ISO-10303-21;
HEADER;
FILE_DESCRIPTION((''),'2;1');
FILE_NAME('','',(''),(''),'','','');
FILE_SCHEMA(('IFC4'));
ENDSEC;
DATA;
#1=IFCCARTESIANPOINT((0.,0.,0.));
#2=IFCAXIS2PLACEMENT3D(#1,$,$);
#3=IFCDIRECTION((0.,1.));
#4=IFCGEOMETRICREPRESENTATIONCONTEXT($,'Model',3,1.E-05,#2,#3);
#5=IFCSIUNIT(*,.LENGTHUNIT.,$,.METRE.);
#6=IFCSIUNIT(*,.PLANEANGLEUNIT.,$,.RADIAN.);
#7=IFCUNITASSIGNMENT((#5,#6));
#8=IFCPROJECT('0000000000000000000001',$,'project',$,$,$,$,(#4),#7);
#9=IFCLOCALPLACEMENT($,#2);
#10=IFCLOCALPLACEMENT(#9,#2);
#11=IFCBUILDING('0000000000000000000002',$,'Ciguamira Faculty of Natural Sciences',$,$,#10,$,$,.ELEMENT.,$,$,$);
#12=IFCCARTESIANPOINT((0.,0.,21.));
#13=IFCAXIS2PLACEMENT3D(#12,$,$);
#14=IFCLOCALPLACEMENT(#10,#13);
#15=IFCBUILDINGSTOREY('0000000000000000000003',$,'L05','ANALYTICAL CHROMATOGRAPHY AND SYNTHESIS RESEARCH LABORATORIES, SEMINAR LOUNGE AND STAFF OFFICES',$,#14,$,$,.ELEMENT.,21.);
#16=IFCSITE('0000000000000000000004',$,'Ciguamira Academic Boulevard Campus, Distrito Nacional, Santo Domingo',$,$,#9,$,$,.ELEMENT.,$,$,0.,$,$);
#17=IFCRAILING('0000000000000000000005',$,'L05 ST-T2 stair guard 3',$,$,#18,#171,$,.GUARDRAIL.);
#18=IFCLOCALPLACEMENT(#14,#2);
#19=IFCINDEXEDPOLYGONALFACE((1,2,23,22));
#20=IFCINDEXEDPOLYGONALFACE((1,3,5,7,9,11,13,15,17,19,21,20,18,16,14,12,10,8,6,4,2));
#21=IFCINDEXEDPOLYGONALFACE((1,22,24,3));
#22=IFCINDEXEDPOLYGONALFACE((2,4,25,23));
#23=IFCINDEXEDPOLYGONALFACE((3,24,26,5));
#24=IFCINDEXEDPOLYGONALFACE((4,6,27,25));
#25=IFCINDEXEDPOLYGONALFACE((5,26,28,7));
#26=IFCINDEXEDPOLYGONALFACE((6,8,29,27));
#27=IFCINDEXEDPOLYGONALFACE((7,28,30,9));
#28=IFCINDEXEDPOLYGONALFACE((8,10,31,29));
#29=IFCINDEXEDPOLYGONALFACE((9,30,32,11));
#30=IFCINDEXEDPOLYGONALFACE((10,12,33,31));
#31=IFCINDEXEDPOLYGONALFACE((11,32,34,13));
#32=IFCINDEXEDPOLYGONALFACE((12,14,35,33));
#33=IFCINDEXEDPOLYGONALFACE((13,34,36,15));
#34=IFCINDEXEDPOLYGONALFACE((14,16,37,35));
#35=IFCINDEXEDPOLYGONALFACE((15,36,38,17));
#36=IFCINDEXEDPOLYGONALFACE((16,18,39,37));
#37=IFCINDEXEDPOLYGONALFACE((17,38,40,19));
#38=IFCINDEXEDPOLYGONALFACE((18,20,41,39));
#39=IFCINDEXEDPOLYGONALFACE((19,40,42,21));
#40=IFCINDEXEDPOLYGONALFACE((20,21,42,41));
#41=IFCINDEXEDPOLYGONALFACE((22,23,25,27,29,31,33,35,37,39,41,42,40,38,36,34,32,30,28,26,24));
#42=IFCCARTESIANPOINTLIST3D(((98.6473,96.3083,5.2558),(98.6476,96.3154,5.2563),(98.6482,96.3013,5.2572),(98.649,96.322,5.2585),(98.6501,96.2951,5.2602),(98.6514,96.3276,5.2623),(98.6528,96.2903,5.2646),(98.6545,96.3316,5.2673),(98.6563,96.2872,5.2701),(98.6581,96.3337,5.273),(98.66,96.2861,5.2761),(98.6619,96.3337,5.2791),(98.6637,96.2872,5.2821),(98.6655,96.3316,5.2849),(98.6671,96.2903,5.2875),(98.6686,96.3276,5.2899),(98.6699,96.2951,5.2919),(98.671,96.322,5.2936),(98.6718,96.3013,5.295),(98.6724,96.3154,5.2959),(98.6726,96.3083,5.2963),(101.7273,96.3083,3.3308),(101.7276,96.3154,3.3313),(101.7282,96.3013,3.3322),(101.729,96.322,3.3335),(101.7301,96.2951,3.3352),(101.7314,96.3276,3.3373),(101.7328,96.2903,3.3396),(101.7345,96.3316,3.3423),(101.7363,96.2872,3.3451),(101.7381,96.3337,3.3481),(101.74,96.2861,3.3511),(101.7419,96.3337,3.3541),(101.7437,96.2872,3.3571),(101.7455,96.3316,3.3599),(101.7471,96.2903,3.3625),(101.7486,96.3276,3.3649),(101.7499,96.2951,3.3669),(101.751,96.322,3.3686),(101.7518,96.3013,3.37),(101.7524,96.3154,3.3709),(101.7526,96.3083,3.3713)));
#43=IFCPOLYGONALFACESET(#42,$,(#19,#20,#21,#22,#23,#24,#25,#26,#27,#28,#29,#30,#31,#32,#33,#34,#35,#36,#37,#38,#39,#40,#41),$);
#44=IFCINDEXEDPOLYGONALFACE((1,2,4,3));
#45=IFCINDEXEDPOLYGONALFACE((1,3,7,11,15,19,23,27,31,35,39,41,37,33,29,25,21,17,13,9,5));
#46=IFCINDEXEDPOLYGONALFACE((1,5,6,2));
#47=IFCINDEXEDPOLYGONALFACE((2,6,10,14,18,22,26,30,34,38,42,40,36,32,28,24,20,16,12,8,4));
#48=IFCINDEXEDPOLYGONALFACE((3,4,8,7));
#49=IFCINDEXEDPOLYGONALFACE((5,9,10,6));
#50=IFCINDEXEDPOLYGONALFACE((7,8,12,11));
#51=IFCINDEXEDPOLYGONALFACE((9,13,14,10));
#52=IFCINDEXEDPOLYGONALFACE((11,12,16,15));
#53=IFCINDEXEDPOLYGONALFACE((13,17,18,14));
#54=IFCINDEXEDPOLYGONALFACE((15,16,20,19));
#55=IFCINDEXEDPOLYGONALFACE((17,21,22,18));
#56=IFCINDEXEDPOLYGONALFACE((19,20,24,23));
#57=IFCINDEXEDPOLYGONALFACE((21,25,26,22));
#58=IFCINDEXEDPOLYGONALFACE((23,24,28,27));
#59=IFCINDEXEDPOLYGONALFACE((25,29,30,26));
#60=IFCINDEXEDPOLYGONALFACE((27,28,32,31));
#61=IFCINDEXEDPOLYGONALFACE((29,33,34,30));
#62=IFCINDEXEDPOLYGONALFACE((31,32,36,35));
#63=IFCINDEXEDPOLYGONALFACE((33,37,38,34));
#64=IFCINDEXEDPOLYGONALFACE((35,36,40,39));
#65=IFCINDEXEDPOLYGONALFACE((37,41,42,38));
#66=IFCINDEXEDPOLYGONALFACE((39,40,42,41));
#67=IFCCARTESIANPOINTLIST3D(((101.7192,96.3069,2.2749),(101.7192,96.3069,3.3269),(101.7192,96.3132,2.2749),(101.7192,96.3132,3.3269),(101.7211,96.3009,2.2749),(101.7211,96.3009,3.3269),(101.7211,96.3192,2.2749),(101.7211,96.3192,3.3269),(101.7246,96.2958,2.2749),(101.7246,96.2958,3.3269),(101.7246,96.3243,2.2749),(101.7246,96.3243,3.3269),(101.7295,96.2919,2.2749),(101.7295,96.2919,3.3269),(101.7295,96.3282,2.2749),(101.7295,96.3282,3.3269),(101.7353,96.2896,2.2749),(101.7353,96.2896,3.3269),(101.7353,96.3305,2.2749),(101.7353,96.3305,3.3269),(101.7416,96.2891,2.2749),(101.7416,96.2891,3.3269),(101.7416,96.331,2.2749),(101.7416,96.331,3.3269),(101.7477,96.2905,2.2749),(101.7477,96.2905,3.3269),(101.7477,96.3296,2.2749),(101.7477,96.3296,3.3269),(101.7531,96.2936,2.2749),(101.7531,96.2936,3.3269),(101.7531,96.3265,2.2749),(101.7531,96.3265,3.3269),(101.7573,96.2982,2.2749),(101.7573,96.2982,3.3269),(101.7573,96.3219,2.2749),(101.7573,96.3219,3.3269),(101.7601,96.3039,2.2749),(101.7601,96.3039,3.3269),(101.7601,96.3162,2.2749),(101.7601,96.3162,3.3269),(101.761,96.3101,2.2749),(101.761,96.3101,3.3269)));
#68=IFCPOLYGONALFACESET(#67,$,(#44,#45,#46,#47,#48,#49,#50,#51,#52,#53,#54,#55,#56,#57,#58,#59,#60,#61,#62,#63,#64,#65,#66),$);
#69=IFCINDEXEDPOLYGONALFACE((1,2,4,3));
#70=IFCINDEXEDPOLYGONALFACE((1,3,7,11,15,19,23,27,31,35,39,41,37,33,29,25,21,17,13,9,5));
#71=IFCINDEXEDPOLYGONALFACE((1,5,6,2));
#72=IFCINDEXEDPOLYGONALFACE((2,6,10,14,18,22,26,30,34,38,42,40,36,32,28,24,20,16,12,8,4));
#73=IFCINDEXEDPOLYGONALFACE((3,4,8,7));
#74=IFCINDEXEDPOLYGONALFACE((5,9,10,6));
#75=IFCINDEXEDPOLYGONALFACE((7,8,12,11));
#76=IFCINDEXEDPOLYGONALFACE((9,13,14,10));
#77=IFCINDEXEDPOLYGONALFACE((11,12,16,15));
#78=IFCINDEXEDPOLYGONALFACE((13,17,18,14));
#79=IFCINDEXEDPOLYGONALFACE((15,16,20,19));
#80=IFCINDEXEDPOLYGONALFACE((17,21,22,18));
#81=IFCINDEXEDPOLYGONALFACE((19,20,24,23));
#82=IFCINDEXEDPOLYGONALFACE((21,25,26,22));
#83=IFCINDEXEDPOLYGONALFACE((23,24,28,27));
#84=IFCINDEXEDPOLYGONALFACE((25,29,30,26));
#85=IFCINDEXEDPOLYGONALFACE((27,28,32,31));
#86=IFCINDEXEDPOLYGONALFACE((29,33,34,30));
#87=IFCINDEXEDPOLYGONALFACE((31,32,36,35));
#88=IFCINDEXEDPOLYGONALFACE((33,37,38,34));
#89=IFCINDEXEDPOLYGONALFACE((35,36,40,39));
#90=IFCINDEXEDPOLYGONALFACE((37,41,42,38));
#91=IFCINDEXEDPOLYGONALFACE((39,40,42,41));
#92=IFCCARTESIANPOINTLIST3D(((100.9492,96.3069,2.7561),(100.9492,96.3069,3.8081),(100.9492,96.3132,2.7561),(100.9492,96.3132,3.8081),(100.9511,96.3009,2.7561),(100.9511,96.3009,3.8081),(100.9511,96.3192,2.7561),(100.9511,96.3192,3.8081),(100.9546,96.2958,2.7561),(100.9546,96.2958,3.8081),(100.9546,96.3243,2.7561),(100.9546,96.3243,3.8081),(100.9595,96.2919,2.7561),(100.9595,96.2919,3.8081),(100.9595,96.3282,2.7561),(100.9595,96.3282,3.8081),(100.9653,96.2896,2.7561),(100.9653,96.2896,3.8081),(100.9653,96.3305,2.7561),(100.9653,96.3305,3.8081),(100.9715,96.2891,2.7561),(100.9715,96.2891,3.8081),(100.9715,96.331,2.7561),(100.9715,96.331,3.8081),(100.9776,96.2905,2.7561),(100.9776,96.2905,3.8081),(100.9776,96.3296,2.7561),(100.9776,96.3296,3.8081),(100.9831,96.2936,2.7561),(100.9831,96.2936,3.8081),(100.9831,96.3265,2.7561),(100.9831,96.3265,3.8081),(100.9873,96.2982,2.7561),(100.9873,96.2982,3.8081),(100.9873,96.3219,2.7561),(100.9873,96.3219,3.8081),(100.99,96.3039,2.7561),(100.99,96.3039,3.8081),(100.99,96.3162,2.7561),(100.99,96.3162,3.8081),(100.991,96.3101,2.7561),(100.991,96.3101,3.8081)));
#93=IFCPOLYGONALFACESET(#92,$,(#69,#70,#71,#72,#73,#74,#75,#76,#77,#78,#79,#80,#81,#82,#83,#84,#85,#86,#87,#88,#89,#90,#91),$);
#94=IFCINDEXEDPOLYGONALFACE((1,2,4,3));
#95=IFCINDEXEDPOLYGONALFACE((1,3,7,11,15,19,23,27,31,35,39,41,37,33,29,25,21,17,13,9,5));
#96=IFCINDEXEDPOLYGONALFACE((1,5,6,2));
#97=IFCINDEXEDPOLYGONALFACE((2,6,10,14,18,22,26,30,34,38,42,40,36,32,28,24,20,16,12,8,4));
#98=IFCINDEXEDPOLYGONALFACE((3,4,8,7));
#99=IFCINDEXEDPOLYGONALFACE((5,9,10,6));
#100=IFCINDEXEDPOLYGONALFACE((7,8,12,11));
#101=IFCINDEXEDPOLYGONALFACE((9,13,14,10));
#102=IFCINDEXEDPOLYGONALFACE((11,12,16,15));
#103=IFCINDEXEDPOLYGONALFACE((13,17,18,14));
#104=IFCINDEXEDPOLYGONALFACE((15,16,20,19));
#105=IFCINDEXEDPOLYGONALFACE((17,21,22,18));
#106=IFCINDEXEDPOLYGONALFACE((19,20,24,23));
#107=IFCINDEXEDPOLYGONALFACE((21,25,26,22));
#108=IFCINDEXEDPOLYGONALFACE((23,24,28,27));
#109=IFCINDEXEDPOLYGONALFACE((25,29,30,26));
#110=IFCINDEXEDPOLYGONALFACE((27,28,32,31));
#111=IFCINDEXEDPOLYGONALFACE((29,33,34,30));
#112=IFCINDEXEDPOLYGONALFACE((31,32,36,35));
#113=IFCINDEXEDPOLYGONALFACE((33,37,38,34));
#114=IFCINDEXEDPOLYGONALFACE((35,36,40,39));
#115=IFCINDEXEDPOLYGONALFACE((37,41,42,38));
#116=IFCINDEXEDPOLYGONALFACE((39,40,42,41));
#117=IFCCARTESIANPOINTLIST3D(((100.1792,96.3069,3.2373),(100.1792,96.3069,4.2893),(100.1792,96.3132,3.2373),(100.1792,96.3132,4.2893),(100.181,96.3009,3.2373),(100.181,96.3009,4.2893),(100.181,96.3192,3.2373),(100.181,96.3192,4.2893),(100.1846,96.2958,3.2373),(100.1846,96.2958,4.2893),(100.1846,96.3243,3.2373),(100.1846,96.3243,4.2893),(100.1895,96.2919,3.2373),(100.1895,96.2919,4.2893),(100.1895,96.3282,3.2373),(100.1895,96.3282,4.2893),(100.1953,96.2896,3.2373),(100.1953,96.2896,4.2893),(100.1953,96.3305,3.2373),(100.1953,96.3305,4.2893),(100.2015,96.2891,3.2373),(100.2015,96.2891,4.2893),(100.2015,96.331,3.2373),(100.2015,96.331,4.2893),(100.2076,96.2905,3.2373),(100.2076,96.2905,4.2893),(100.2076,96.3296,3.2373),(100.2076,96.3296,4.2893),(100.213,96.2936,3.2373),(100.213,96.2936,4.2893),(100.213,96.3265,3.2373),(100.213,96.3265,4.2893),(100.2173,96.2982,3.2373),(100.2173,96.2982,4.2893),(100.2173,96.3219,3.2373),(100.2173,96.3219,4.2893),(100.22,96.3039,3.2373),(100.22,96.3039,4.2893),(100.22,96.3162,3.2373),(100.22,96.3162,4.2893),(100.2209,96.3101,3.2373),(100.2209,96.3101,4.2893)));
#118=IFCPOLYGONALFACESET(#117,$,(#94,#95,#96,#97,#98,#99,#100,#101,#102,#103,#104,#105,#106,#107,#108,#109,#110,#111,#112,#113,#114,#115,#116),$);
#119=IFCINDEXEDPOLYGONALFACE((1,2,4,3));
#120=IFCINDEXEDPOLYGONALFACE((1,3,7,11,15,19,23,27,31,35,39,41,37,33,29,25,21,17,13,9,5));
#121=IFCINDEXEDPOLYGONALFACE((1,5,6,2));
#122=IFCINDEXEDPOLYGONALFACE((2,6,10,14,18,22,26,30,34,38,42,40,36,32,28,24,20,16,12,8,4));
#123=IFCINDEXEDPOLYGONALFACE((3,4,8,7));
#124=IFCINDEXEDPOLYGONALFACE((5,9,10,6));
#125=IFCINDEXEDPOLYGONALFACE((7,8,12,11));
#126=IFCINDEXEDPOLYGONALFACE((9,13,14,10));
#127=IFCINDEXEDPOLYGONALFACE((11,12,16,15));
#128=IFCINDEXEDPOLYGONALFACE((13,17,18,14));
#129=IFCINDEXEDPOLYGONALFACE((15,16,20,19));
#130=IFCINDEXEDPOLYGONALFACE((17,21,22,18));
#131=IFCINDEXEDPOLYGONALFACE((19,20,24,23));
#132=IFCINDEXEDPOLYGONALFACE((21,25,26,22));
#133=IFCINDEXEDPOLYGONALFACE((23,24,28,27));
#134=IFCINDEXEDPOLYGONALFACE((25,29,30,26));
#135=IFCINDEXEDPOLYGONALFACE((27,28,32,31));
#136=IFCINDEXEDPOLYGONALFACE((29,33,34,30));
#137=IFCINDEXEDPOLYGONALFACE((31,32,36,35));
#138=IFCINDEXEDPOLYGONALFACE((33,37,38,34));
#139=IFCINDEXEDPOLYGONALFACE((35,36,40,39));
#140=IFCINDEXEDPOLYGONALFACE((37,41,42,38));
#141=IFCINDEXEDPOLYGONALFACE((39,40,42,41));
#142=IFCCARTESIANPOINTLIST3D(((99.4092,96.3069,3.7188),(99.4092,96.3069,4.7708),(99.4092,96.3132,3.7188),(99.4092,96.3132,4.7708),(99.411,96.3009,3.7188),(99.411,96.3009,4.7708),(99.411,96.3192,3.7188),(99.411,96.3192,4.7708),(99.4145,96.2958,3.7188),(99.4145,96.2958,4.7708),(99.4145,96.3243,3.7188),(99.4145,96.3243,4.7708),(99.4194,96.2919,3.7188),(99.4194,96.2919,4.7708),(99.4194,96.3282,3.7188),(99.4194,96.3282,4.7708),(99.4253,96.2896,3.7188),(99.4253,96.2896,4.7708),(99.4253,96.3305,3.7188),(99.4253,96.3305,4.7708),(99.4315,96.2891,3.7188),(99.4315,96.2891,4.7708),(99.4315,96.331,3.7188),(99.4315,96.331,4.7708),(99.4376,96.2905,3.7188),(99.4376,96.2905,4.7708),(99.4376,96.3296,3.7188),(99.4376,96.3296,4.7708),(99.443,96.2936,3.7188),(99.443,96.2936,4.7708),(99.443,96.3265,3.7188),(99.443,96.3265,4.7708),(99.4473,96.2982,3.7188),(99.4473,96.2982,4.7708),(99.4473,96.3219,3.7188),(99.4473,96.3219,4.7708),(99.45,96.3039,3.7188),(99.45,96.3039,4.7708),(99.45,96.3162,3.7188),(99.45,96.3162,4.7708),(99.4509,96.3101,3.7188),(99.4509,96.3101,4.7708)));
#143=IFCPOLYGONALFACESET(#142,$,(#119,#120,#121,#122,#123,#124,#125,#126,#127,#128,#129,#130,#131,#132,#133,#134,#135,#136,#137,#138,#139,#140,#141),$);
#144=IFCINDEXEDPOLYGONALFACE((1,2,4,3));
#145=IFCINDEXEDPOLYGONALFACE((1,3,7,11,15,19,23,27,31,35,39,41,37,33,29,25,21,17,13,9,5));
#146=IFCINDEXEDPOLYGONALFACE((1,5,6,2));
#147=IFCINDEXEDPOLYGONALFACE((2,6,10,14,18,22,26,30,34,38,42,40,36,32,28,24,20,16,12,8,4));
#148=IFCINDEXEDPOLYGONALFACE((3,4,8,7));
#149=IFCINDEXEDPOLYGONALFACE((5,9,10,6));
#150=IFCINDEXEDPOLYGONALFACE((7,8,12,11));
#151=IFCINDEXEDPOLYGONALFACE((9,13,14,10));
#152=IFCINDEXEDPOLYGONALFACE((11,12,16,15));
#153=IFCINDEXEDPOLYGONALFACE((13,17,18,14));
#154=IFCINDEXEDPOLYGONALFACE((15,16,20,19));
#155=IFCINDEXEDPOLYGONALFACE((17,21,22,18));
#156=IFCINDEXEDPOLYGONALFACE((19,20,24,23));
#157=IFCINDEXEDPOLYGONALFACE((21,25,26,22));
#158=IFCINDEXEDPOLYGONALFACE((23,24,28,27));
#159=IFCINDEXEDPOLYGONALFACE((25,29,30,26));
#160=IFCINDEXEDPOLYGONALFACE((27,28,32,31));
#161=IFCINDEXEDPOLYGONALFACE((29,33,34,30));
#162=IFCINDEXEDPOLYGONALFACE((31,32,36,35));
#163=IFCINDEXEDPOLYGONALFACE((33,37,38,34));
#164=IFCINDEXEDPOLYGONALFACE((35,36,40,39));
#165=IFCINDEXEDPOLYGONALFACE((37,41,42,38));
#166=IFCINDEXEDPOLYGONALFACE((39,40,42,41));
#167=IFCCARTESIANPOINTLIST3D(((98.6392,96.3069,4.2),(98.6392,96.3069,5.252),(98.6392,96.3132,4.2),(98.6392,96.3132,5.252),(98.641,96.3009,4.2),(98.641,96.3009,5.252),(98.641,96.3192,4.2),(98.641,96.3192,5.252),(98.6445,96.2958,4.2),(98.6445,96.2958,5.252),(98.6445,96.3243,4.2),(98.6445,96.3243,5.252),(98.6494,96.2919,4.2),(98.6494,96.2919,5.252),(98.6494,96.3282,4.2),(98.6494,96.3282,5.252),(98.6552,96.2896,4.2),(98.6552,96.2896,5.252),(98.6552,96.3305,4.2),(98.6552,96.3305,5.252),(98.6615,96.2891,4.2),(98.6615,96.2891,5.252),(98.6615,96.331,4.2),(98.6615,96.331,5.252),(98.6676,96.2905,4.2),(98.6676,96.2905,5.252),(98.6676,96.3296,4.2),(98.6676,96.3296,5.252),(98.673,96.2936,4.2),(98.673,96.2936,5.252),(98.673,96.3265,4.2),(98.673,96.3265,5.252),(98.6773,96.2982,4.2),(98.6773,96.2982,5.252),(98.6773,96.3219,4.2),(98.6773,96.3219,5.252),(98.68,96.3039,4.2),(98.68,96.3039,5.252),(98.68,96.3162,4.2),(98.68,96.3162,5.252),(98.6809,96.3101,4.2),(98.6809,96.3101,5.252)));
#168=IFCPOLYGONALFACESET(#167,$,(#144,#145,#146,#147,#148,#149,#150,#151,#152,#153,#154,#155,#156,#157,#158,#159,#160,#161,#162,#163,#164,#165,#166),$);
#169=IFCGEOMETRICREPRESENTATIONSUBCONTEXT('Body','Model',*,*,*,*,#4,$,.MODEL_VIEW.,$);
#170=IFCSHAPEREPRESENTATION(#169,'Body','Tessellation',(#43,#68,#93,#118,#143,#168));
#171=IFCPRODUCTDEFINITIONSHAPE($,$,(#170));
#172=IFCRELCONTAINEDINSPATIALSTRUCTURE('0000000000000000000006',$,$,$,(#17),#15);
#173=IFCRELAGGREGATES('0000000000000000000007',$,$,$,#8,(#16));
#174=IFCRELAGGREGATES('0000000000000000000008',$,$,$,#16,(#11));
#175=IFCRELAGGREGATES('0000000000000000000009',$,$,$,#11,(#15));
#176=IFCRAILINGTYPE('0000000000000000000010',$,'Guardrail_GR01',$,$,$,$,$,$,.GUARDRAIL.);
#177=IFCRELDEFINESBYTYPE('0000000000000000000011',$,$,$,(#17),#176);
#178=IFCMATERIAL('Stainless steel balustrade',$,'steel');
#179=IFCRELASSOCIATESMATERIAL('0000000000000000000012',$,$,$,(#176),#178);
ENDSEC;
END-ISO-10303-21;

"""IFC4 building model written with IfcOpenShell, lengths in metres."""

from ifc_helpers import new_model, si_unit, direction, frame, origin, origin_2d, place, context, subcontext, project, spatial, circle, extrude, material, type_object, element, save


model = new_model("IFC4")

# Units and contexts
model_context = context("Model", 3, precision=1e-05, world=origin(), true_north=direction((0.0, 1.0)))
body_context = subcontext(model_context, "Body", "Model", "MODEL_VIEW")
ifc_project = project(units=[si_unit("LENGTHUNIT", "METRE"), si_unit("PLANEANGLEUNIT", "RADIAN")], contexts=[model_context])

# Site, building, storey
site_placement = place(None, origin())
site = spatial("IfcSite", under=ifc_project, at=site_placement, Name="Ciguamira Academic Boulevard Campus, Distrito Nacional, Santo Domingo", CompositionType="ELEMENT", RefElevation=0.0)
building_placement = place(site_placement, origin())
building = spatial("IfcBuilding", under=site, at=building_placement, Name="Ciguamira Faculty of Natural Sciences", CompositionType="ELEMENT")
storey_placement = place(building_placement, frame((0.0, 0.0, 21.0)))
storey = spatial("IfcBuildingStorey", under=building, at=storey_placement, Name="L05", Description="ANALYTICAL CHROMATOGRAPHY AND SYNTHESIS RESEARCH LABORATORIES, SEMINAR LOUNGE AND STAFF OFFICES", CompositionType="ELEMENT", Elevation=21.0)

# Railing
ifc_material_1 = material(Name="Stainless steel balustrade", Category="steel")
railing_type_1 = type_object("IfcRailingType", Name="Guardrail_GR01", PredefinedType="GUARDRAIL", material=ifc_material_1)
railing_1_placement = place(storey_placement, frame((101.74, 96.3101, 2.2749)))
element("IfcRailing", 1, at=railing_1_placement, inside=storey, type_object=railing_type_1, Name="L05 ST-T2 stair guard 3", PredefinedType="GUARDRAIL", context=body_context, shape_type="SweptSolid", body=[
    extrude(circle(Radius=0.0239, at=origin_2d()), frame((0.0, 0.0, 1.0762), z_axis=(-0.847998, 0.0, 0.529999), x_axis=(0.0, -1.0, 0.0)), (0.0, 0.0, 1.0), 3.6321),
    extrude(circle(Radius=0.021, at=origin_2d()), origin(), (0.0, 0.0, 1.0), 1.052),
    extrude(circle(Radius=0.021, at=origin_2d()), frame((-0.77, 0.0, 0.4812)), (0.0, 0.0, 1.0), 1.052),
    extrude(circle(Radius=0.021, at=origin_2d()), frame((-1.54, 0.0, 0.9624)), (0.0, 0.0, 1.0), 1.052),
    extrude(circle(Radius=0.021, at=origin_2d()), frame((-2.3101, 0.0, 1.4438)), (0.0, 0.0, 1.0), 1.052),
    extrude(circle(Radius=0.021, at=origin_2d()), frame((-3.0801, 0.0, 1.925)), (0.0, 0.0, 1.0), 1.052),
])

save(model, "model.ifc")
